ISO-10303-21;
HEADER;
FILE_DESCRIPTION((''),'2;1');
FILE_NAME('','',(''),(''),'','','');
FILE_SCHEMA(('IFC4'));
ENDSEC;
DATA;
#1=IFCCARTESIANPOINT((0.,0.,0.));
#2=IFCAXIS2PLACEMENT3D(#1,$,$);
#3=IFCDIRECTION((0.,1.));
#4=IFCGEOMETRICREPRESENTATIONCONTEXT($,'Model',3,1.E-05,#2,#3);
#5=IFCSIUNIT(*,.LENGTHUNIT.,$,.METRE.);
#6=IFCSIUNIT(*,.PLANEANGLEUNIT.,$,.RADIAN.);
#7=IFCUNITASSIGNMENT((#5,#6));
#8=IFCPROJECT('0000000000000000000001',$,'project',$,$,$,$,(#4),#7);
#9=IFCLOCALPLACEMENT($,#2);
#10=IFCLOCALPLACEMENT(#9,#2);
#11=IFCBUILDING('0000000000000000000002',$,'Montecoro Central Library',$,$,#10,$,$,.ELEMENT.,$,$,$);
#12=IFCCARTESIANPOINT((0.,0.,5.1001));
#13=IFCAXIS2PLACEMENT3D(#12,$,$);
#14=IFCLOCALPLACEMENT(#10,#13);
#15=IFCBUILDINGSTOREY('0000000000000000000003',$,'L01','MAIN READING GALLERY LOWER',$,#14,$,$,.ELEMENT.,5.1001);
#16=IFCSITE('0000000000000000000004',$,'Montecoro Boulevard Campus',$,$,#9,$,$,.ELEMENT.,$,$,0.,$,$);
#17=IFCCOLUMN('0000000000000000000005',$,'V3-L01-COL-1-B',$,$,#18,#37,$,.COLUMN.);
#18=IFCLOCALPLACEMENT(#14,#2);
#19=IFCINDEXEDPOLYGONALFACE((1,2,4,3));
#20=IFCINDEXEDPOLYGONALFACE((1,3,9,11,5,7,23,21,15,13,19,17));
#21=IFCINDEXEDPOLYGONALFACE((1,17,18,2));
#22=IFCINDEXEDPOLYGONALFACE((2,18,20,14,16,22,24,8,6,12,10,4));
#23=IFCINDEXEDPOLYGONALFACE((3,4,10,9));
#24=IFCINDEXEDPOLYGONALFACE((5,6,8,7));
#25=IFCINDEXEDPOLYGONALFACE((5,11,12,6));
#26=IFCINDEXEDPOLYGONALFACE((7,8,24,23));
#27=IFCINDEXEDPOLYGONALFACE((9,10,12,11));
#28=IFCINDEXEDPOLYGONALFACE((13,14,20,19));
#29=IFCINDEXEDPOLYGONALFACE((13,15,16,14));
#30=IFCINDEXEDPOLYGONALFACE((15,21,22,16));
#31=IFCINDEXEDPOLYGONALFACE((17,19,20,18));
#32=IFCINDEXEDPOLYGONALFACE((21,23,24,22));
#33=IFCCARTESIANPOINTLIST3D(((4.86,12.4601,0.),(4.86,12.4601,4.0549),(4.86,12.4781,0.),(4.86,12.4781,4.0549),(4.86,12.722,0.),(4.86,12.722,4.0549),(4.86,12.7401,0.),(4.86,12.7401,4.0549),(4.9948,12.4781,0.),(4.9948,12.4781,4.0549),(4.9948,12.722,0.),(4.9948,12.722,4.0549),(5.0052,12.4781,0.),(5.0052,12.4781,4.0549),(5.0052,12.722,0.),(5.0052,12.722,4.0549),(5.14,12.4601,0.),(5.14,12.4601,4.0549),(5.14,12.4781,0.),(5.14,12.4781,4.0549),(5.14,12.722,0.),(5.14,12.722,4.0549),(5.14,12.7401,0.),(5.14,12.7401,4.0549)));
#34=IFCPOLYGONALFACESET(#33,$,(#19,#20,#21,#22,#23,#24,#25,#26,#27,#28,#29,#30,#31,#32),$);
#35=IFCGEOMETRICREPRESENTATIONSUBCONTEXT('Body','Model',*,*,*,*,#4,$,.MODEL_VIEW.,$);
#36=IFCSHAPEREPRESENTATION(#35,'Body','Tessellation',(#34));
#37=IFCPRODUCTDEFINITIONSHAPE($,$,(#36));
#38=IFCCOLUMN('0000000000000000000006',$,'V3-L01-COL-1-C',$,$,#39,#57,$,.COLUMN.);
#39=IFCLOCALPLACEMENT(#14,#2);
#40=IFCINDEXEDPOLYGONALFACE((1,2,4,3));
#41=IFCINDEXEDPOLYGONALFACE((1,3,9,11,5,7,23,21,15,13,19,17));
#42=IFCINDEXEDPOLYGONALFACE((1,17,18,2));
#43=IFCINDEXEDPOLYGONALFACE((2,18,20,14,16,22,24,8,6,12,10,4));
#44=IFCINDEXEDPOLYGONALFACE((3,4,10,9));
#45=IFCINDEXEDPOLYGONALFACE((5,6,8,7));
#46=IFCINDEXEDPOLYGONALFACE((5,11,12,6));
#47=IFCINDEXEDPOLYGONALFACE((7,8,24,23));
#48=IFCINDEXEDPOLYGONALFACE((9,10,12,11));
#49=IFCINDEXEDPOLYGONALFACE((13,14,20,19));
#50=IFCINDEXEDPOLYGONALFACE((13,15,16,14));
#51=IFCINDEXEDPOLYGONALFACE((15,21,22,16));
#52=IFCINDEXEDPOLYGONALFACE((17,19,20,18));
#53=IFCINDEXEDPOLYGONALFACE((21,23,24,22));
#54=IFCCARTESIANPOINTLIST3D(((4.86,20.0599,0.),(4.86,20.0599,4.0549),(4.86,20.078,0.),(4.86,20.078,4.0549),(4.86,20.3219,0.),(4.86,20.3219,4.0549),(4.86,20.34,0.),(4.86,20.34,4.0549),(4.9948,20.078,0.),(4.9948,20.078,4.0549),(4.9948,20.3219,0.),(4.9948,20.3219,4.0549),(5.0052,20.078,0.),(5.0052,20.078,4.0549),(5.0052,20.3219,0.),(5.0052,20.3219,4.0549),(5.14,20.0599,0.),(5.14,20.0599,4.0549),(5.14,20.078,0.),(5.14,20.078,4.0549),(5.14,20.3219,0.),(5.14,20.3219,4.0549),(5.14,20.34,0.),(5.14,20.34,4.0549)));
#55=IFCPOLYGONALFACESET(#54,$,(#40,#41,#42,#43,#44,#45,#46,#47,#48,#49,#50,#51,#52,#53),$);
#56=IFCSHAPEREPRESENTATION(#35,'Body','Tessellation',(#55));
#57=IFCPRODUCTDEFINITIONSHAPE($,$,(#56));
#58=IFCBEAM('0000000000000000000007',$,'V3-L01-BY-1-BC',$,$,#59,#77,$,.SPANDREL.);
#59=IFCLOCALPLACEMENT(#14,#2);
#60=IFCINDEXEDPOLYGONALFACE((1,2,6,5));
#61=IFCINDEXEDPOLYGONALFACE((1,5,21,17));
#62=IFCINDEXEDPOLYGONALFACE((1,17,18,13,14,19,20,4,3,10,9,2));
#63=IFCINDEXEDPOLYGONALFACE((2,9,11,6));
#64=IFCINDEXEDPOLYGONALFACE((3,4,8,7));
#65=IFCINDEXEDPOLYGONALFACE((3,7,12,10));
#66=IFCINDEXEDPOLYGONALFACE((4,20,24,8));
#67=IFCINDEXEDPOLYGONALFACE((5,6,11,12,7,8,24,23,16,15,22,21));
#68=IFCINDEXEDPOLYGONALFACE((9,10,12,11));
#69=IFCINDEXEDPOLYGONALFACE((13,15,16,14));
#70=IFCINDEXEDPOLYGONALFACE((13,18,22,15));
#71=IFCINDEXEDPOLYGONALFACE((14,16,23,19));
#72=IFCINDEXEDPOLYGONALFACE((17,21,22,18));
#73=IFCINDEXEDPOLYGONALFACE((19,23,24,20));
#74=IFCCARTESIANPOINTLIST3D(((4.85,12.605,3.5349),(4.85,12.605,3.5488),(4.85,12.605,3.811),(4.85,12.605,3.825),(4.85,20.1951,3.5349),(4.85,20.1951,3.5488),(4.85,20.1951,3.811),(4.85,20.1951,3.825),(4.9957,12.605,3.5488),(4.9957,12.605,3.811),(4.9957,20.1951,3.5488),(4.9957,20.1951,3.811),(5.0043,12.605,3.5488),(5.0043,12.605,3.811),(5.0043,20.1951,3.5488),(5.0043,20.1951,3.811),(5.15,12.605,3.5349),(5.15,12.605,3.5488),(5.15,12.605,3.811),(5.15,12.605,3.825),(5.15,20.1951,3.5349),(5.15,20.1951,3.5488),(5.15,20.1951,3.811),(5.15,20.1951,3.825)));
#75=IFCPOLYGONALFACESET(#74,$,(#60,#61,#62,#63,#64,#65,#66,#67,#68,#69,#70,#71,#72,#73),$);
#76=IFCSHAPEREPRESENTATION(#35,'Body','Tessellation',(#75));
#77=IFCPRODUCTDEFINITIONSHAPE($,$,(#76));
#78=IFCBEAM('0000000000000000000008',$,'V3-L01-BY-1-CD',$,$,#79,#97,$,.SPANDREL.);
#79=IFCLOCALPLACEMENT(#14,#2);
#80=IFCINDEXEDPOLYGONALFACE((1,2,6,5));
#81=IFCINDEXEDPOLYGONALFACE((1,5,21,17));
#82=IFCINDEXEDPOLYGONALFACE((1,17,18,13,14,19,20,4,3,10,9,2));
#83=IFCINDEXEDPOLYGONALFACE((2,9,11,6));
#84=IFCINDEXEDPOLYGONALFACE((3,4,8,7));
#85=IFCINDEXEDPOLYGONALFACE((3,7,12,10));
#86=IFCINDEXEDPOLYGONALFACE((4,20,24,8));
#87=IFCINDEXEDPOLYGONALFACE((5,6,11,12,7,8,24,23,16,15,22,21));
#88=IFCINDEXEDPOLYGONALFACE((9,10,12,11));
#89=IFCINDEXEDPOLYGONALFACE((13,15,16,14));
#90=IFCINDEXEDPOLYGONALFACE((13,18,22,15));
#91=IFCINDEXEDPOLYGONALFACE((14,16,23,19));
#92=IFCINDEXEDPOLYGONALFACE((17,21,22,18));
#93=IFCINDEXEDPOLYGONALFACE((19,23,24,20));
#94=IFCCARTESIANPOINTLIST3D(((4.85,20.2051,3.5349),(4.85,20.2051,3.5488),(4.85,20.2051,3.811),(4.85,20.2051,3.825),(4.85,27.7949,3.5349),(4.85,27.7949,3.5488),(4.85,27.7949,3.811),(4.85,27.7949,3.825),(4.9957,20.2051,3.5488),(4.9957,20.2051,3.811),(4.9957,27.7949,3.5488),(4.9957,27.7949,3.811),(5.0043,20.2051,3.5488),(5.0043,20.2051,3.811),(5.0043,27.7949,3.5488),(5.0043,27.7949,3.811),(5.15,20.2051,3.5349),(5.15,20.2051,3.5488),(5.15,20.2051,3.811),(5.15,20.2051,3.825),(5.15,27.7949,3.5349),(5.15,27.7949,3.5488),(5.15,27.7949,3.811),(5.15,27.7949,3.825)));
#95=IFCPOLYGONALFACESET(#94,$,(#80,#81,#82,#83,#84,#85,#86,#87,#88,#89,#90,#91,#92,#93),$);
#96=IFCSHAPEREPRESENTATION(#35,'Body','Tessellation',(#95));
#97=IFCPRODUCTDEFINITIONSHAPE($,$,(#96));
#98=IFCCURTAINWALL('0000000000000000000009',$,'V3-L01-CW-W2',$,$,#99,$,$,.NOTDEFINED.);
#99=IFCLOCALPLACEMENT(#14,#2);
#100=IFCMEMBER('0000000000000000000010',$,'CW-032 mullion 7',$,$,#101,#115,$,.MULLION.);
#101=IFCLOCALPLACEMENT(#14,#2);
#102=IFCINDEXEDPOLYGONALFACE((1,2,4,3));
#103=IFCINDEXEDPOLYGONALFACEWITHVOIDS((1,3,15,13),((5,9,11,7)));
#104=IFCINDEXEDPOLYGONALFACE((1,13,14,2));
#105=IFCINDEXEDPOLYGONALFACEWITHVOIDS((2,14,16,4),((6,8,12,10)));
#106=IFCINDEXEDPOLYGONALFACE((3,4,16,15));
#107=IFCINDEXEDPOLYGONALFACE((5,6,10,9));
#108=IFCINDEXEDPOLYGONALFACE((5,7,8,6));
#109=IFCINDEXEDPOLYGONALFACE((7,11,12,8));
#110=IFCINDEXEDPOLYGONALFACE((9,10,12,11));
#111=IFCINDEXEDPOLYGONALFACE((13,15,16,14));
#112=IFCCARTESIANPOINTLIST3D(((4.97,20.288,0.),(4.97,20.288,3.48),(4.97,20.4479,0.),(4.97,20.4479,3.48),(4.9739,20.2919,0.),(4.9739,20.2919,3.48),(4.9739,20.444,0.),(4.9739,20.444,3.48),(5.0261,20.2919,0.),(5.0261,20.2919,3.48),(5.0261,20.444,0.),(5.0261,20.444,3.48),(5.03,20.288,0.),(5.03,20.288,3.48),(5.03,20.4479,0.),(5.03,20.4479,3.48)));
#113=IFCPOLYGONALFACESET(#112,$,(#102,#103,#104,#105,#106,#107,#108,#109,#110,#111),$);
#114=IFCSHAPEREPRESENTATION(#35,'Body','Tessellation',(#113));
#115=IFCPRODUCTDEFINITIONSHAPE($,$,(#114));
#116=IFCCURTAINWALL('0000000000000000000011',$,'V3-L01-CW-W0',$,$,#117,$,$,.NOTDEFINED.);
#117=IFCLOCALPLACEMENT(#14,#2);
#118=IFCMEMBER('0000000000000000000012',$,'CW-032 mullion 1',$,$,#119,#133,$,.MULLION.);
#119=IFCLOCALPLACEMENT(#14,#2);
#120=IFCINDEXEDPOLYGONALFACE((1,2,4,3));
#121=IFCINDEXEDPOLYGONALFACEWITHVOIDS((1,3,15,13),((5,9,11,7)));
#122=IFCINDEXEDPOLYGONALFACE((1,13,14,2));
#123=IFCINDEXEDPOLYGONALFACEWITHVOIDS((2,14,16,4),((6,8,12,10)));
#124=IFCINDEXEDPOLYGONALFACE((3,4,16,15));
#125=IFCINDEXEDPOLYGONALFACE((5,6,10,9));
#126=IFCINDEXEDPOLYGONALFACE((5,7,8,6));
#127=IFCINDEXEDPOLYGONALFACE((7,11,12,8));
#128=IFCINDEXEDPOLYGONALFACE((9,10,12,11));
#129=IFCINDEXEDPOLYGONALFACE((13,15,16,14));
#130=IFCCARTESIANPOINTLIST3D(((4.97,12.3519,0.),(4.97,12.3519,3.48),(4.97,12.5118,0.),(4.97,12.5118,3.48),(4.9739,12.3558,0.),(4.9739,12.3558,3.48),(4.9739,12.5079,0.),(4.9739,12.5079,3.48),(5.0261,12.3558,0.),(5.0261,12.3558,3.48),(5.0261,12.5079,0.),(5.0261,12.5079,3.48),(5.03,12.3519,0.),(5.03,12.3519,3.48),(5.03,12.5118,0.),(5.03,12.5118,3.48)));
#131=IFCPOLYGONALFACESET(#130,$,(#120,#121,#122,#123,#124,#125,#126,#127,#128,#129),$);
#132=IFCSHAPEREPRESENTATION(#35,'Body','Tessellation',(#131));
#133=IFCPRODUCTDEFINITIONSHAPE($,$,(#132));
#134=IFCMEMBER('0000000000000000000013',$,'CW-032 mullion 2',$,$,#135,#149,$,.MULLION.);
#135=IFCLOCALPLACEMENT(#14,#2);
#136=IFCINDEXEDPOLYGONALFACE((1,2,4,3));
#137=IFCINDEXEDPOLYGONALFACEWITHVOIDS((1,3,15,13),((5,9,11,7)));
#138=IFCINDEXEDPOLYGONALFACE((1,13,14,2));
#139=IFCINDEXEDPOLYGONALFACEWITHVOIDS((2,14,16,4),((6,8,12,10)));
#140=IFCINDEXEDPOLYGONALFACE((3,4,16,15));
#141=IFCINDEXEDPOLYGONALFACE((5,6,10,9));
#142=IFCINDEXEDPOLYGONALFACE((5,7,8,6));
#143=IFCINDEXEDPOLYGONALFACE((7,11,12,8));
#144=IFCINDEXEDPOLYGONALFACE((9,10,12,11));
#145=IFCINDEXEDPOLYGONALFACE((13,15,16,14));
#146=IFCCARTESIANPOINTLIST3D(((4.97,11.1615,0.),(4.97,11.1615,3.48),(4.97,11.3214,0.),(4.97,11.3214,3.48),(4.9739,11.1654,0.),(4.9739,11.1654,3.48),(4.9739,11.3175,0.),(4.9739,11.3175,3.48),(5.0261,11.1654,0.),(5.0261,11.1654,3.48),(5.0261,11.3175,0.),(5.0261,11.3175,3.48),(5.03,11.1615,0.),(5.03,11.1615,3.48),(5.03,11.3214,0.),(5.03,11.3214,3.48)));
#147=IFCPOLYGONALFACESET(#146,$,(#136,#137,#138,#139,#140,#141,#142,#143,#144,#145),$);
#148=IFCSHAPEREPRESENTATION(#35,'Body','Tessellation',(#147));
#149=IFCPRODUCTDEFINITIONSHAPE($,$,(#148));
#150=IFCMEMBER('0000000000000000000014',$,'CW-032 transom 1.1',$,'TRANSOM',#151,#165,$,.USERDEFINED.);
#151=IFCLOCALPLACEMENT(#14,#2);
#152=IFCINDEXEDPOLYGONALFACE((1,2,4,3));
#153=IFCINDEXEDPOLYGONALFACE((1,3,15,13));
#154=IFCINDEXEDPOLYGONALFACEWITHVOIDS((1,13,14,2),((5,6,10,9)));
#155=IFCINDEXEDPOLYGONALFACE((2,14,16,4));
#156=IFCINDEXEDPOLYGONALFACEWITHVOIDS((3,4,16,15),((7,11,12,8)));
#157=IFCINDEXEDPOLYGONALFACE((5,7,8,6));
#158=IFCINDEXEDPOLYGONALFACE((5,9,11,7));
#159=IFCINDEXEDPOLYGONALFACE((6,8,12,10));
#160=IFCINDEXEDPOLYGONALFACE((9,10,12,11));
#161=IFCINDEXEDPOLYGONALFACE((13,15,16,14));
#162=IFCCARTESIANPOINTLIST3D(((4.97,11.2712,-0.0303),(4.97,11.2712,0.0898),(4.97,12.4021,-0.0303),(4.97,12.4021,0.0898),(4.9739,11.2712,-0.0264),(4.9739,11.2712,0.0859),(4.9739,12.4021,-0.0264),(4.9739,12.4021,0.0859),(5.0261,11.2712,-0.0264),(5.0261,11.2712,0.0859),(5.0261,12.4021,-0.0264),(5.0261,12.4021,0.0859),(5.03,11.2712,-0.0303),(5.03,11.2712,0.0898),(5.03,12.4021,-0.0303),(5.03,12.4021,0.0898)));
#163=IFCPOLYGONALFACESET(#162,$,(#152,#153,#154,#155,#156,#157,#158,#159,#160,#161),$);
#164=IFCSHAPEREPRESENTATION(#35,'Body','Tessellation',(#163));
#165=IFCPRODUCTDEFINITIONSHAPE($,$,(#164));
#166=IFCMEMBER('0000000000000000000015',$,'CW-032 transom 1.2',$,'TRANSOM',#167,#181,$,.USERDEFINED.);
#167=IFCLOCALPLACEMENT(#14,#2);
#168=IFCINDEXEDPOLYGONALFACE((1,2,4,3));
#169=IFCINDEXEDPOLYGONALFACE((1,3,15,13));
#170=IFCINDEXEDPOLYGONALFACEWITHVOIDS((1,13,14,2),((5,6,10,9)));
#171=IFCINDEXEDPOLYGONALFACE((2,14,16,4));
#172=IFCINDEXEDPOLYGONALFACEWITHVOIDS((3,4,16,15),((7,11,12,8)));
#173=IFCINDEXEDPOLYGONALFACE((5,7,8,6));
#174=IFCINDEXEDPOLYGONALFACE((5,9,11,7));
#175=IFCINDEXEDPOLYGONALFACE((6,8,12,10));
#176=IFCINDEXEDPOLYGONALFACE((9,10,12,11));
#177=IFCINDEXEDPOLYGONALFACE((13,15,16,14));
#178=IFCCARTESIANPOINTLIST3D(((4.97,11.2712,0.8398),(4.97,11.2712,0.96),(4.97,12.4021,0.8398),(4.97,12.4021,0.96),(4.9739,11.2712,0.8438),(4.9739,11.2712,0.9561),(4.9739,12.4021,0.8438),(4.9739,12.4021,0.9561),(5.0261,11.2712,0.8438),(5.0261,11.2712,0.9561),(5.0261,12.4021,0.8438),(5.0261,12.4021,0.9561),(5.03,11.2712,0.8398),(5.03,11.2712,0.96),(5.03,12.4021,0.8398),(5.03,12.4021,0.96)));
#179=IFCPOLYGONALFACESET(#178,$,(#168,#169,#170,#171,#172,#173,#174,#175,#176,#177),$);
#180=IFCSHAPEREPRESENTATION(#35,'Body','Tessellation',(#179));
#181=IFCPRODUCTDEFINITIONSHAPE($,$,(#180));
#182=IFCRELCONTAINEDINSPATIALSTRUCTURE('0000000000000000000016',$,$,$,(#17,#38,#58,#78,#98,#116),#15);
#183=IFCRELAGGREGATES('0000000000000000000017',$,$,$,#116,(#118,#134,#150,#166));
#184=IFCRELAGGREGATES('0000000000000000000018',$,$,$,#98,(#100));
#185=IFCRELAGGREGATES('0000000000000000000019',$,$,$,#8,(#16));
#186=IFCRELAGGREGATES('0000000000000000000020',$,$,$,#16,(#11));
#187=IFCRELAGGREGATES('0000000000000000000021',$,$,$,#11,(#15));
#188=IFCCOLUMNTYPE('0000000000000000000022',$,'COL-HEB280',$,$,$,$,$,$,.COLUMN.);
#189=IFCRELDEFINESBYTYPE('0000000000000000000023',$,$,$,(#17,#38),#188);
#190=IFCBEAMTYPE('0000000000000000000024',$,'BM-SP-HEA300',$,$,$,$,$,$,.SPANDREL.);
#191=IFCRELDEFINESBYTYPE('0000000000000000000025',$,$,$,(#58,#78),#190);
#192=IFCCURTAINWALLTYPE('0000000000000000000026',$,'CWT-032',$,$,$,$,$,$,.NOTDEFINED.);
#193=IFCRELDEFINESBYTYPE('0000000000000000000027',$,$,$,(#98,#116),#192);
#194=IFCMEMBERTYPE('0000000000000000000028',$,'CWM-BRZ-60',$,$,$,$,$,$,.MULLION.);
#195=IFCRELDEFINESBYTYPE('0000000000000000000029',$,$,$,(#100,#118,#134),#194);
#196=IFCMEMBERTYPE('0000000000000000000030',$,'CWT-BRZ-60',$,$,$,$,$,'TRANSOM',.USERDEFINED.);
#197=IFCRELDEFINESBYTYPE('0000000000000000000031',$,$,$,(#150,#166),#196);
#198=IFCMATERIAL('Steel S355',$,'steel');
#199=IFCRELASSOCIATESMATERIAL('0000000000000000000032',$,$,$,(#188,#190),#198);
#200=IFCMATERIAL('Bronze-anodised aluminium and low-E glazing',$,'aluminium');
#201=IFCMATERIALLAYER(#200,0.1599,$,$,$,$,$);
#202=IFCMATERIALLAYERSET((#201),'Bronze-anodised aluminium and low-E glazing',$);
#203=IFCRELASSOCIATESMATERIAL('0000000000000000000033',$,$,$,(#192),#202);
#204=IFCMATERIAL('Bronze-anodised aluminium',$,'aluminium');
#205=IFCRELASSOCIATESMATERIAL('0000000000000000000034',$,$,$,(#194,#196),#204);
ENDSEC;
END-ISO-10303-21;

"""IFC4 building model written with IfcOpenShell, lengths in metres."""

from ifc_helpers import new_model, si_unit, direction, frame, origin, origin_2d, place, context, subcontext, project, spatial, hollow_rectangle, i_section, extrude, material, layer, layer_set, material_profile, profile_set, type_object, element, aggregate, save


model = new_model("IFC4")

# Units and contexts
model_context = context("Model", 3, precision=1e-05, world=origin(), true_north=direction((0.0, 1.0)))
body_context = subcontext(model_context, "Body", "Model", "MODEL_VIEW")
ifc_project = project(units=[si_unit("LENGTHUNIT", "METRE"), si_unit("PLANEANGLEUNIT", "RADIAN")], contexts=[model_context])

# Site, building, storey
site_placement = place(None, origin())
site = spatial("IfcSite", under=ifc_project, at=site_placement, Name="Montecoro Boulevard Campus", CompositionType="ELEMENT", RefElevation=0.0)
building_placement = place(site_placement, origin())
building = spatial("IfcBuilding", under=site, at=building_placement, Name="Montecoro Central Library", CompositionType="ELEMENT")
storey_placement = place(building_placement, frame((0.0, 0.0, 5.1001)))
storey = spatial("IfcBuildingStorey", under=building, at=storey_placement, Name="L01", Description="MAIN READING GALLERY LOWER", CompositionType="ELEMENT", Elevation=5.1001)

# Columns
ifc_material_1 = material(Name="Steel S355", Category="steel")
ifc_material_profile_1 = material_profile(ifc_material_1, i_section(OverallWidth=0.28, OverallDepth=0.28, WebThickness=0.0105, FlangeThickness=0.0181, at=origin_2d()), Name="HEB 280")
ifc_profile_set_1 = profile_set([ifc_material_profile_1], Name="Steel S355")
column_type = type_object("IfcColumnType", Name="COL-HEB280", PredefinedType="COLUMN", material=ifc_profile_set_1)
for number, where, z_axis, x_axis, name in (
    (1, (5.0, 12.6001, 0.0), (0.0, 0.0, 1.0), (1.0, 0.0, 0.0), "V3-L01-COL-1-B"),
    (2, (5.0, 20.2, 0.0), (0.0, 0.0, 1.0), (1.0, 0.0, 0.0), "V3-L01-COL-1-C"),
):
    element("IfcColumn", number, at=place(storey_placement, frame(where, z_axis=z_axis, x_axis=x_axis)), inside=storey, type_object=column_type, Name=name, PredefinedType="COLUMN", context=body_context, shape_type="SweptSolid", body=[
        extrude(i_section(OverallWidth=0.28, OverallDepth=0.28, WebThickness=0.0105, FlangeThickness=0.0181, at=origin_2d()), origin(), (0.0, 0.0, 1.0), 4.0549),
    ])

# Beams
ifc_material_profile_2 = material_profile(ifc_material_1, i_section(OverallWidth=0.3, OverallDepth=0.29, WebThickness=0.0085, FlangeThickness=0.0139, at=origin_2d()), Name="HEA 300")
ifc_profile_set_2 = profile_set([ifc_material_profile_2], Name="Steel S355")
beam_type = type_object("IfcBeamType", Name="BM-SP-HEA300", PredefinedType="SPANDREL", material=ifc_profile_set_2)
beam_1_placement = place(storey_placement, frame((5.0, 12.605, 3.6799), z_axis=(0.0, 1.0, 0.0), x_axis=(-1.0, 0.0, 0.0)))
element("IfcBeam", 3, at=beam_1_placement, inside=storey, type_object=beam_type, Name="V3-L01-BY-1-BC", PredefinedType="SPANDREL", context=body_context, shape_type="SweptSolid", body=[
    extrude(i_section(OverallWidth=0.3, OverallDepth=0.29, WebThickness=0.0085, FlangeThickness=0.0139, at=origin_2d()), origin(), (0.0, 0.0, 1.0), 7.5901),
])
beam_2_placement = place(storey_placement, frame((5.0, 20.2051, 3.6799), z_axis=(0.0, 1.0, 0.0), x_axis=(-1.0, 0.0, 0.0)))
element("IfcBeam", 4, at=beam_2_placement, inside=storey, type_object=beam_type, Name="V3-L01-BY-1-CD", PredefinedType="SPANDREL", context=body_context, shape_type="SweptSolid", body=[
    extrude(i_section(OverallWidth=0.3, OverallDepth=0.29, WebThickness=0.0085, FlangeThickness=0.0139, at=origin_2d()), origin(), (0.0, 0.0, 1.0), 7.5898),
])

# Curtain wall, member
ifc_material_2 = material(Name="Bronze-anodised aluminium and low-E glazing", Category="aluminium")
ifc_layer_1 = layer(ifc_material_2, 0.1599)
ifc_layer_set_1 = layer_set([ifc_layer_1], Name="Bronze-anodised aluminium and low-E glazing")
curtain_wall_type = type_object("IfcCurtainWallType", Name="CWT-032", PredefinedType="NOTDEFINED", material=ifc_layer_set_1)
curtain_wall_1_placement = place(storey_placement, origin())
curtain_wall_1 = element("IfcCurtainWall", 5, at=curtain_wall_1_placement, inside=storey, type_object=curtain_wall_type, Name="V3-L01-CW-W2", PredefinedType="NOTDEFINED")
ifc_material_3 = material(Name="Bronze-anodised aluminium", Category="aluminium")
ifc_material_profile_3 = material_profile(ifc_material_3, hollow_rectangle(XDim=0.0601, YDim=0.1599, WallThickness=0.0039, at=origin_2d()), Name="CWM 160x60x4.0")
ifc_profile_set_3 = profile_set([ifc_material_profile_3], Name="Bronze-anodised aluminium")
member_type_1 = type_object("IfcMemberType", Name="CWM-BRZ-60", PredefinedType="MULLION", material=ifc_profile_set_3)
member_1_placement = place(storey_placement, frame((5.0, 20.3679, 0.0), z_axis=(0.0, 0.0, 1.0), x_axis=(1.0, 0.0, 0.0)))
member_1 = element("IfcMember", 6, at=member_1_placement, type_object=member_type_1, Name="CW-032 mullion 7", PredefinedType="MULLION", context=body_context, shape_type="SweptSolid", body=[
    extrude(hollow_rectangle(XDim=0.0601, YDim=0.1599, WallThickness=0.0039, at=origin_2d()), origin(), (0.0, 0.0, 1.0), 3.48),
])

# Curtain wall, members
curtain_wall_2_placement = place(storey_placement, origin())
curtain_wall_2 = element("IfcCurtainWall", 7, at=curtain_wall_2_placement, inside=storey, type_object=curtain_wall_type, Name="V3-L01-CW-W0", PredefinedType="NOTDEFINED")
member_2_placement = place(storey_placement, frame((5.0, 12.4319, 0.0), z_axis=(0.0, 0.0, 1.0), x_axis=(1.0, 0.0, 0.0)))
member_2 = element("IfcMember", 8, at=member_2_placement, type_object=member_type_1, Name="CW-032 mullion 1", PredefinedType="MULLION", context=body_context, shape_type="SweptSolid", body=[
    extrude(hollow_rectangle(XDim=0.0601, YDim=0.1599, WallThickness=0.0039, at=origin_2d()), origin(), (0.0, 0.0, 1.0), 3.48),
])
member_3_placement = place(storey_placement, frame((5.0, 11.2415, 0.0), z_axis=(0.0, 0.0, 1.0), x_axis=(1.0, 0.0, 0.0)))
member_3 = element("IfcMember", 9, at=member_3_placement, type_object=member_type_1, Name="CW-032 mullion 2", PredefinedType="MULLION", context=body_context, shape_type="SweptSolid", body=[
    extrude(hollow_rectangle(XDim=0.0601, YDim=0.1599, WallThickness=0.0039, at=origin_2d()), origin(), (0.0, 0.0, 1.0), 3.48),
])
ifc_material_profile_4 = material_profile(ifc_material_3, hollow_rectangle(XDim=0.0601, YDim=0.1201, WallThickness=0.0039, at=origin_2d()), Name="CWT 120x60x4.0")
ifc_profile_set_4 = profile_set([ifc_material_profile_4], Name="Bronze-anodised aluminium")
member_type_2 = type_object("IfcMemberType", Name="CWT-BRZ-60", ElementType="TRANSOM", PredefinedType="USERDEFINED", material=ifc_profile_set_4)
member_4_placement = place(storey_placement, frame((5.0, 12.4021, 0.0298), z_axis=(0.0, -1.0, 0.0), x_axis=(1.0, 0.0, 0.0)))
member_4 = element("IfcMember", 10, at=member_4_placement, type_object=member_type_2, Name="CW-032 transom 1.1", ObjectType="TRANSOM", PredefinedType="USERDEFINED", context=body_context, shape_type="SweptSolid", body=[
    extrude(hollow_rectangle(XDim=0.0601, YDim=0.1201, WallThickness=0.0039, at=origin_2d()), origin(), (0.0, 0.0, 1.0), 1.1309),
])
member_5_placement = place(storey_placement, frame((5.0, 12.4021, 0.8999), z_axis=(0.0, -1.0, 0.0), x_axis=(1.0, 0.0, 0.0)))
member_5 = element("IfcMember", 11, at=member_5_placement, type_object=member_type_2, Name="CW-032 transom 1.2", ObjectType="TRANSOM", PredefinedType="USERDEFINED", context=body_context, shape_type="SweptSolid", body=[
    extrude(hollow_rectangle(XDim=0.0601, YDim=0.1201, WallThickness=0.0039, at=origin_2d()), origin(), (0.0, 0.0, 1.0), 1.1309),
])
aggregate(curtain_wall_2, [member_2, member_3, member_4, member_5])

aggregate(curtain_wall_1, [member_1])

save(model, "model.ifc")
